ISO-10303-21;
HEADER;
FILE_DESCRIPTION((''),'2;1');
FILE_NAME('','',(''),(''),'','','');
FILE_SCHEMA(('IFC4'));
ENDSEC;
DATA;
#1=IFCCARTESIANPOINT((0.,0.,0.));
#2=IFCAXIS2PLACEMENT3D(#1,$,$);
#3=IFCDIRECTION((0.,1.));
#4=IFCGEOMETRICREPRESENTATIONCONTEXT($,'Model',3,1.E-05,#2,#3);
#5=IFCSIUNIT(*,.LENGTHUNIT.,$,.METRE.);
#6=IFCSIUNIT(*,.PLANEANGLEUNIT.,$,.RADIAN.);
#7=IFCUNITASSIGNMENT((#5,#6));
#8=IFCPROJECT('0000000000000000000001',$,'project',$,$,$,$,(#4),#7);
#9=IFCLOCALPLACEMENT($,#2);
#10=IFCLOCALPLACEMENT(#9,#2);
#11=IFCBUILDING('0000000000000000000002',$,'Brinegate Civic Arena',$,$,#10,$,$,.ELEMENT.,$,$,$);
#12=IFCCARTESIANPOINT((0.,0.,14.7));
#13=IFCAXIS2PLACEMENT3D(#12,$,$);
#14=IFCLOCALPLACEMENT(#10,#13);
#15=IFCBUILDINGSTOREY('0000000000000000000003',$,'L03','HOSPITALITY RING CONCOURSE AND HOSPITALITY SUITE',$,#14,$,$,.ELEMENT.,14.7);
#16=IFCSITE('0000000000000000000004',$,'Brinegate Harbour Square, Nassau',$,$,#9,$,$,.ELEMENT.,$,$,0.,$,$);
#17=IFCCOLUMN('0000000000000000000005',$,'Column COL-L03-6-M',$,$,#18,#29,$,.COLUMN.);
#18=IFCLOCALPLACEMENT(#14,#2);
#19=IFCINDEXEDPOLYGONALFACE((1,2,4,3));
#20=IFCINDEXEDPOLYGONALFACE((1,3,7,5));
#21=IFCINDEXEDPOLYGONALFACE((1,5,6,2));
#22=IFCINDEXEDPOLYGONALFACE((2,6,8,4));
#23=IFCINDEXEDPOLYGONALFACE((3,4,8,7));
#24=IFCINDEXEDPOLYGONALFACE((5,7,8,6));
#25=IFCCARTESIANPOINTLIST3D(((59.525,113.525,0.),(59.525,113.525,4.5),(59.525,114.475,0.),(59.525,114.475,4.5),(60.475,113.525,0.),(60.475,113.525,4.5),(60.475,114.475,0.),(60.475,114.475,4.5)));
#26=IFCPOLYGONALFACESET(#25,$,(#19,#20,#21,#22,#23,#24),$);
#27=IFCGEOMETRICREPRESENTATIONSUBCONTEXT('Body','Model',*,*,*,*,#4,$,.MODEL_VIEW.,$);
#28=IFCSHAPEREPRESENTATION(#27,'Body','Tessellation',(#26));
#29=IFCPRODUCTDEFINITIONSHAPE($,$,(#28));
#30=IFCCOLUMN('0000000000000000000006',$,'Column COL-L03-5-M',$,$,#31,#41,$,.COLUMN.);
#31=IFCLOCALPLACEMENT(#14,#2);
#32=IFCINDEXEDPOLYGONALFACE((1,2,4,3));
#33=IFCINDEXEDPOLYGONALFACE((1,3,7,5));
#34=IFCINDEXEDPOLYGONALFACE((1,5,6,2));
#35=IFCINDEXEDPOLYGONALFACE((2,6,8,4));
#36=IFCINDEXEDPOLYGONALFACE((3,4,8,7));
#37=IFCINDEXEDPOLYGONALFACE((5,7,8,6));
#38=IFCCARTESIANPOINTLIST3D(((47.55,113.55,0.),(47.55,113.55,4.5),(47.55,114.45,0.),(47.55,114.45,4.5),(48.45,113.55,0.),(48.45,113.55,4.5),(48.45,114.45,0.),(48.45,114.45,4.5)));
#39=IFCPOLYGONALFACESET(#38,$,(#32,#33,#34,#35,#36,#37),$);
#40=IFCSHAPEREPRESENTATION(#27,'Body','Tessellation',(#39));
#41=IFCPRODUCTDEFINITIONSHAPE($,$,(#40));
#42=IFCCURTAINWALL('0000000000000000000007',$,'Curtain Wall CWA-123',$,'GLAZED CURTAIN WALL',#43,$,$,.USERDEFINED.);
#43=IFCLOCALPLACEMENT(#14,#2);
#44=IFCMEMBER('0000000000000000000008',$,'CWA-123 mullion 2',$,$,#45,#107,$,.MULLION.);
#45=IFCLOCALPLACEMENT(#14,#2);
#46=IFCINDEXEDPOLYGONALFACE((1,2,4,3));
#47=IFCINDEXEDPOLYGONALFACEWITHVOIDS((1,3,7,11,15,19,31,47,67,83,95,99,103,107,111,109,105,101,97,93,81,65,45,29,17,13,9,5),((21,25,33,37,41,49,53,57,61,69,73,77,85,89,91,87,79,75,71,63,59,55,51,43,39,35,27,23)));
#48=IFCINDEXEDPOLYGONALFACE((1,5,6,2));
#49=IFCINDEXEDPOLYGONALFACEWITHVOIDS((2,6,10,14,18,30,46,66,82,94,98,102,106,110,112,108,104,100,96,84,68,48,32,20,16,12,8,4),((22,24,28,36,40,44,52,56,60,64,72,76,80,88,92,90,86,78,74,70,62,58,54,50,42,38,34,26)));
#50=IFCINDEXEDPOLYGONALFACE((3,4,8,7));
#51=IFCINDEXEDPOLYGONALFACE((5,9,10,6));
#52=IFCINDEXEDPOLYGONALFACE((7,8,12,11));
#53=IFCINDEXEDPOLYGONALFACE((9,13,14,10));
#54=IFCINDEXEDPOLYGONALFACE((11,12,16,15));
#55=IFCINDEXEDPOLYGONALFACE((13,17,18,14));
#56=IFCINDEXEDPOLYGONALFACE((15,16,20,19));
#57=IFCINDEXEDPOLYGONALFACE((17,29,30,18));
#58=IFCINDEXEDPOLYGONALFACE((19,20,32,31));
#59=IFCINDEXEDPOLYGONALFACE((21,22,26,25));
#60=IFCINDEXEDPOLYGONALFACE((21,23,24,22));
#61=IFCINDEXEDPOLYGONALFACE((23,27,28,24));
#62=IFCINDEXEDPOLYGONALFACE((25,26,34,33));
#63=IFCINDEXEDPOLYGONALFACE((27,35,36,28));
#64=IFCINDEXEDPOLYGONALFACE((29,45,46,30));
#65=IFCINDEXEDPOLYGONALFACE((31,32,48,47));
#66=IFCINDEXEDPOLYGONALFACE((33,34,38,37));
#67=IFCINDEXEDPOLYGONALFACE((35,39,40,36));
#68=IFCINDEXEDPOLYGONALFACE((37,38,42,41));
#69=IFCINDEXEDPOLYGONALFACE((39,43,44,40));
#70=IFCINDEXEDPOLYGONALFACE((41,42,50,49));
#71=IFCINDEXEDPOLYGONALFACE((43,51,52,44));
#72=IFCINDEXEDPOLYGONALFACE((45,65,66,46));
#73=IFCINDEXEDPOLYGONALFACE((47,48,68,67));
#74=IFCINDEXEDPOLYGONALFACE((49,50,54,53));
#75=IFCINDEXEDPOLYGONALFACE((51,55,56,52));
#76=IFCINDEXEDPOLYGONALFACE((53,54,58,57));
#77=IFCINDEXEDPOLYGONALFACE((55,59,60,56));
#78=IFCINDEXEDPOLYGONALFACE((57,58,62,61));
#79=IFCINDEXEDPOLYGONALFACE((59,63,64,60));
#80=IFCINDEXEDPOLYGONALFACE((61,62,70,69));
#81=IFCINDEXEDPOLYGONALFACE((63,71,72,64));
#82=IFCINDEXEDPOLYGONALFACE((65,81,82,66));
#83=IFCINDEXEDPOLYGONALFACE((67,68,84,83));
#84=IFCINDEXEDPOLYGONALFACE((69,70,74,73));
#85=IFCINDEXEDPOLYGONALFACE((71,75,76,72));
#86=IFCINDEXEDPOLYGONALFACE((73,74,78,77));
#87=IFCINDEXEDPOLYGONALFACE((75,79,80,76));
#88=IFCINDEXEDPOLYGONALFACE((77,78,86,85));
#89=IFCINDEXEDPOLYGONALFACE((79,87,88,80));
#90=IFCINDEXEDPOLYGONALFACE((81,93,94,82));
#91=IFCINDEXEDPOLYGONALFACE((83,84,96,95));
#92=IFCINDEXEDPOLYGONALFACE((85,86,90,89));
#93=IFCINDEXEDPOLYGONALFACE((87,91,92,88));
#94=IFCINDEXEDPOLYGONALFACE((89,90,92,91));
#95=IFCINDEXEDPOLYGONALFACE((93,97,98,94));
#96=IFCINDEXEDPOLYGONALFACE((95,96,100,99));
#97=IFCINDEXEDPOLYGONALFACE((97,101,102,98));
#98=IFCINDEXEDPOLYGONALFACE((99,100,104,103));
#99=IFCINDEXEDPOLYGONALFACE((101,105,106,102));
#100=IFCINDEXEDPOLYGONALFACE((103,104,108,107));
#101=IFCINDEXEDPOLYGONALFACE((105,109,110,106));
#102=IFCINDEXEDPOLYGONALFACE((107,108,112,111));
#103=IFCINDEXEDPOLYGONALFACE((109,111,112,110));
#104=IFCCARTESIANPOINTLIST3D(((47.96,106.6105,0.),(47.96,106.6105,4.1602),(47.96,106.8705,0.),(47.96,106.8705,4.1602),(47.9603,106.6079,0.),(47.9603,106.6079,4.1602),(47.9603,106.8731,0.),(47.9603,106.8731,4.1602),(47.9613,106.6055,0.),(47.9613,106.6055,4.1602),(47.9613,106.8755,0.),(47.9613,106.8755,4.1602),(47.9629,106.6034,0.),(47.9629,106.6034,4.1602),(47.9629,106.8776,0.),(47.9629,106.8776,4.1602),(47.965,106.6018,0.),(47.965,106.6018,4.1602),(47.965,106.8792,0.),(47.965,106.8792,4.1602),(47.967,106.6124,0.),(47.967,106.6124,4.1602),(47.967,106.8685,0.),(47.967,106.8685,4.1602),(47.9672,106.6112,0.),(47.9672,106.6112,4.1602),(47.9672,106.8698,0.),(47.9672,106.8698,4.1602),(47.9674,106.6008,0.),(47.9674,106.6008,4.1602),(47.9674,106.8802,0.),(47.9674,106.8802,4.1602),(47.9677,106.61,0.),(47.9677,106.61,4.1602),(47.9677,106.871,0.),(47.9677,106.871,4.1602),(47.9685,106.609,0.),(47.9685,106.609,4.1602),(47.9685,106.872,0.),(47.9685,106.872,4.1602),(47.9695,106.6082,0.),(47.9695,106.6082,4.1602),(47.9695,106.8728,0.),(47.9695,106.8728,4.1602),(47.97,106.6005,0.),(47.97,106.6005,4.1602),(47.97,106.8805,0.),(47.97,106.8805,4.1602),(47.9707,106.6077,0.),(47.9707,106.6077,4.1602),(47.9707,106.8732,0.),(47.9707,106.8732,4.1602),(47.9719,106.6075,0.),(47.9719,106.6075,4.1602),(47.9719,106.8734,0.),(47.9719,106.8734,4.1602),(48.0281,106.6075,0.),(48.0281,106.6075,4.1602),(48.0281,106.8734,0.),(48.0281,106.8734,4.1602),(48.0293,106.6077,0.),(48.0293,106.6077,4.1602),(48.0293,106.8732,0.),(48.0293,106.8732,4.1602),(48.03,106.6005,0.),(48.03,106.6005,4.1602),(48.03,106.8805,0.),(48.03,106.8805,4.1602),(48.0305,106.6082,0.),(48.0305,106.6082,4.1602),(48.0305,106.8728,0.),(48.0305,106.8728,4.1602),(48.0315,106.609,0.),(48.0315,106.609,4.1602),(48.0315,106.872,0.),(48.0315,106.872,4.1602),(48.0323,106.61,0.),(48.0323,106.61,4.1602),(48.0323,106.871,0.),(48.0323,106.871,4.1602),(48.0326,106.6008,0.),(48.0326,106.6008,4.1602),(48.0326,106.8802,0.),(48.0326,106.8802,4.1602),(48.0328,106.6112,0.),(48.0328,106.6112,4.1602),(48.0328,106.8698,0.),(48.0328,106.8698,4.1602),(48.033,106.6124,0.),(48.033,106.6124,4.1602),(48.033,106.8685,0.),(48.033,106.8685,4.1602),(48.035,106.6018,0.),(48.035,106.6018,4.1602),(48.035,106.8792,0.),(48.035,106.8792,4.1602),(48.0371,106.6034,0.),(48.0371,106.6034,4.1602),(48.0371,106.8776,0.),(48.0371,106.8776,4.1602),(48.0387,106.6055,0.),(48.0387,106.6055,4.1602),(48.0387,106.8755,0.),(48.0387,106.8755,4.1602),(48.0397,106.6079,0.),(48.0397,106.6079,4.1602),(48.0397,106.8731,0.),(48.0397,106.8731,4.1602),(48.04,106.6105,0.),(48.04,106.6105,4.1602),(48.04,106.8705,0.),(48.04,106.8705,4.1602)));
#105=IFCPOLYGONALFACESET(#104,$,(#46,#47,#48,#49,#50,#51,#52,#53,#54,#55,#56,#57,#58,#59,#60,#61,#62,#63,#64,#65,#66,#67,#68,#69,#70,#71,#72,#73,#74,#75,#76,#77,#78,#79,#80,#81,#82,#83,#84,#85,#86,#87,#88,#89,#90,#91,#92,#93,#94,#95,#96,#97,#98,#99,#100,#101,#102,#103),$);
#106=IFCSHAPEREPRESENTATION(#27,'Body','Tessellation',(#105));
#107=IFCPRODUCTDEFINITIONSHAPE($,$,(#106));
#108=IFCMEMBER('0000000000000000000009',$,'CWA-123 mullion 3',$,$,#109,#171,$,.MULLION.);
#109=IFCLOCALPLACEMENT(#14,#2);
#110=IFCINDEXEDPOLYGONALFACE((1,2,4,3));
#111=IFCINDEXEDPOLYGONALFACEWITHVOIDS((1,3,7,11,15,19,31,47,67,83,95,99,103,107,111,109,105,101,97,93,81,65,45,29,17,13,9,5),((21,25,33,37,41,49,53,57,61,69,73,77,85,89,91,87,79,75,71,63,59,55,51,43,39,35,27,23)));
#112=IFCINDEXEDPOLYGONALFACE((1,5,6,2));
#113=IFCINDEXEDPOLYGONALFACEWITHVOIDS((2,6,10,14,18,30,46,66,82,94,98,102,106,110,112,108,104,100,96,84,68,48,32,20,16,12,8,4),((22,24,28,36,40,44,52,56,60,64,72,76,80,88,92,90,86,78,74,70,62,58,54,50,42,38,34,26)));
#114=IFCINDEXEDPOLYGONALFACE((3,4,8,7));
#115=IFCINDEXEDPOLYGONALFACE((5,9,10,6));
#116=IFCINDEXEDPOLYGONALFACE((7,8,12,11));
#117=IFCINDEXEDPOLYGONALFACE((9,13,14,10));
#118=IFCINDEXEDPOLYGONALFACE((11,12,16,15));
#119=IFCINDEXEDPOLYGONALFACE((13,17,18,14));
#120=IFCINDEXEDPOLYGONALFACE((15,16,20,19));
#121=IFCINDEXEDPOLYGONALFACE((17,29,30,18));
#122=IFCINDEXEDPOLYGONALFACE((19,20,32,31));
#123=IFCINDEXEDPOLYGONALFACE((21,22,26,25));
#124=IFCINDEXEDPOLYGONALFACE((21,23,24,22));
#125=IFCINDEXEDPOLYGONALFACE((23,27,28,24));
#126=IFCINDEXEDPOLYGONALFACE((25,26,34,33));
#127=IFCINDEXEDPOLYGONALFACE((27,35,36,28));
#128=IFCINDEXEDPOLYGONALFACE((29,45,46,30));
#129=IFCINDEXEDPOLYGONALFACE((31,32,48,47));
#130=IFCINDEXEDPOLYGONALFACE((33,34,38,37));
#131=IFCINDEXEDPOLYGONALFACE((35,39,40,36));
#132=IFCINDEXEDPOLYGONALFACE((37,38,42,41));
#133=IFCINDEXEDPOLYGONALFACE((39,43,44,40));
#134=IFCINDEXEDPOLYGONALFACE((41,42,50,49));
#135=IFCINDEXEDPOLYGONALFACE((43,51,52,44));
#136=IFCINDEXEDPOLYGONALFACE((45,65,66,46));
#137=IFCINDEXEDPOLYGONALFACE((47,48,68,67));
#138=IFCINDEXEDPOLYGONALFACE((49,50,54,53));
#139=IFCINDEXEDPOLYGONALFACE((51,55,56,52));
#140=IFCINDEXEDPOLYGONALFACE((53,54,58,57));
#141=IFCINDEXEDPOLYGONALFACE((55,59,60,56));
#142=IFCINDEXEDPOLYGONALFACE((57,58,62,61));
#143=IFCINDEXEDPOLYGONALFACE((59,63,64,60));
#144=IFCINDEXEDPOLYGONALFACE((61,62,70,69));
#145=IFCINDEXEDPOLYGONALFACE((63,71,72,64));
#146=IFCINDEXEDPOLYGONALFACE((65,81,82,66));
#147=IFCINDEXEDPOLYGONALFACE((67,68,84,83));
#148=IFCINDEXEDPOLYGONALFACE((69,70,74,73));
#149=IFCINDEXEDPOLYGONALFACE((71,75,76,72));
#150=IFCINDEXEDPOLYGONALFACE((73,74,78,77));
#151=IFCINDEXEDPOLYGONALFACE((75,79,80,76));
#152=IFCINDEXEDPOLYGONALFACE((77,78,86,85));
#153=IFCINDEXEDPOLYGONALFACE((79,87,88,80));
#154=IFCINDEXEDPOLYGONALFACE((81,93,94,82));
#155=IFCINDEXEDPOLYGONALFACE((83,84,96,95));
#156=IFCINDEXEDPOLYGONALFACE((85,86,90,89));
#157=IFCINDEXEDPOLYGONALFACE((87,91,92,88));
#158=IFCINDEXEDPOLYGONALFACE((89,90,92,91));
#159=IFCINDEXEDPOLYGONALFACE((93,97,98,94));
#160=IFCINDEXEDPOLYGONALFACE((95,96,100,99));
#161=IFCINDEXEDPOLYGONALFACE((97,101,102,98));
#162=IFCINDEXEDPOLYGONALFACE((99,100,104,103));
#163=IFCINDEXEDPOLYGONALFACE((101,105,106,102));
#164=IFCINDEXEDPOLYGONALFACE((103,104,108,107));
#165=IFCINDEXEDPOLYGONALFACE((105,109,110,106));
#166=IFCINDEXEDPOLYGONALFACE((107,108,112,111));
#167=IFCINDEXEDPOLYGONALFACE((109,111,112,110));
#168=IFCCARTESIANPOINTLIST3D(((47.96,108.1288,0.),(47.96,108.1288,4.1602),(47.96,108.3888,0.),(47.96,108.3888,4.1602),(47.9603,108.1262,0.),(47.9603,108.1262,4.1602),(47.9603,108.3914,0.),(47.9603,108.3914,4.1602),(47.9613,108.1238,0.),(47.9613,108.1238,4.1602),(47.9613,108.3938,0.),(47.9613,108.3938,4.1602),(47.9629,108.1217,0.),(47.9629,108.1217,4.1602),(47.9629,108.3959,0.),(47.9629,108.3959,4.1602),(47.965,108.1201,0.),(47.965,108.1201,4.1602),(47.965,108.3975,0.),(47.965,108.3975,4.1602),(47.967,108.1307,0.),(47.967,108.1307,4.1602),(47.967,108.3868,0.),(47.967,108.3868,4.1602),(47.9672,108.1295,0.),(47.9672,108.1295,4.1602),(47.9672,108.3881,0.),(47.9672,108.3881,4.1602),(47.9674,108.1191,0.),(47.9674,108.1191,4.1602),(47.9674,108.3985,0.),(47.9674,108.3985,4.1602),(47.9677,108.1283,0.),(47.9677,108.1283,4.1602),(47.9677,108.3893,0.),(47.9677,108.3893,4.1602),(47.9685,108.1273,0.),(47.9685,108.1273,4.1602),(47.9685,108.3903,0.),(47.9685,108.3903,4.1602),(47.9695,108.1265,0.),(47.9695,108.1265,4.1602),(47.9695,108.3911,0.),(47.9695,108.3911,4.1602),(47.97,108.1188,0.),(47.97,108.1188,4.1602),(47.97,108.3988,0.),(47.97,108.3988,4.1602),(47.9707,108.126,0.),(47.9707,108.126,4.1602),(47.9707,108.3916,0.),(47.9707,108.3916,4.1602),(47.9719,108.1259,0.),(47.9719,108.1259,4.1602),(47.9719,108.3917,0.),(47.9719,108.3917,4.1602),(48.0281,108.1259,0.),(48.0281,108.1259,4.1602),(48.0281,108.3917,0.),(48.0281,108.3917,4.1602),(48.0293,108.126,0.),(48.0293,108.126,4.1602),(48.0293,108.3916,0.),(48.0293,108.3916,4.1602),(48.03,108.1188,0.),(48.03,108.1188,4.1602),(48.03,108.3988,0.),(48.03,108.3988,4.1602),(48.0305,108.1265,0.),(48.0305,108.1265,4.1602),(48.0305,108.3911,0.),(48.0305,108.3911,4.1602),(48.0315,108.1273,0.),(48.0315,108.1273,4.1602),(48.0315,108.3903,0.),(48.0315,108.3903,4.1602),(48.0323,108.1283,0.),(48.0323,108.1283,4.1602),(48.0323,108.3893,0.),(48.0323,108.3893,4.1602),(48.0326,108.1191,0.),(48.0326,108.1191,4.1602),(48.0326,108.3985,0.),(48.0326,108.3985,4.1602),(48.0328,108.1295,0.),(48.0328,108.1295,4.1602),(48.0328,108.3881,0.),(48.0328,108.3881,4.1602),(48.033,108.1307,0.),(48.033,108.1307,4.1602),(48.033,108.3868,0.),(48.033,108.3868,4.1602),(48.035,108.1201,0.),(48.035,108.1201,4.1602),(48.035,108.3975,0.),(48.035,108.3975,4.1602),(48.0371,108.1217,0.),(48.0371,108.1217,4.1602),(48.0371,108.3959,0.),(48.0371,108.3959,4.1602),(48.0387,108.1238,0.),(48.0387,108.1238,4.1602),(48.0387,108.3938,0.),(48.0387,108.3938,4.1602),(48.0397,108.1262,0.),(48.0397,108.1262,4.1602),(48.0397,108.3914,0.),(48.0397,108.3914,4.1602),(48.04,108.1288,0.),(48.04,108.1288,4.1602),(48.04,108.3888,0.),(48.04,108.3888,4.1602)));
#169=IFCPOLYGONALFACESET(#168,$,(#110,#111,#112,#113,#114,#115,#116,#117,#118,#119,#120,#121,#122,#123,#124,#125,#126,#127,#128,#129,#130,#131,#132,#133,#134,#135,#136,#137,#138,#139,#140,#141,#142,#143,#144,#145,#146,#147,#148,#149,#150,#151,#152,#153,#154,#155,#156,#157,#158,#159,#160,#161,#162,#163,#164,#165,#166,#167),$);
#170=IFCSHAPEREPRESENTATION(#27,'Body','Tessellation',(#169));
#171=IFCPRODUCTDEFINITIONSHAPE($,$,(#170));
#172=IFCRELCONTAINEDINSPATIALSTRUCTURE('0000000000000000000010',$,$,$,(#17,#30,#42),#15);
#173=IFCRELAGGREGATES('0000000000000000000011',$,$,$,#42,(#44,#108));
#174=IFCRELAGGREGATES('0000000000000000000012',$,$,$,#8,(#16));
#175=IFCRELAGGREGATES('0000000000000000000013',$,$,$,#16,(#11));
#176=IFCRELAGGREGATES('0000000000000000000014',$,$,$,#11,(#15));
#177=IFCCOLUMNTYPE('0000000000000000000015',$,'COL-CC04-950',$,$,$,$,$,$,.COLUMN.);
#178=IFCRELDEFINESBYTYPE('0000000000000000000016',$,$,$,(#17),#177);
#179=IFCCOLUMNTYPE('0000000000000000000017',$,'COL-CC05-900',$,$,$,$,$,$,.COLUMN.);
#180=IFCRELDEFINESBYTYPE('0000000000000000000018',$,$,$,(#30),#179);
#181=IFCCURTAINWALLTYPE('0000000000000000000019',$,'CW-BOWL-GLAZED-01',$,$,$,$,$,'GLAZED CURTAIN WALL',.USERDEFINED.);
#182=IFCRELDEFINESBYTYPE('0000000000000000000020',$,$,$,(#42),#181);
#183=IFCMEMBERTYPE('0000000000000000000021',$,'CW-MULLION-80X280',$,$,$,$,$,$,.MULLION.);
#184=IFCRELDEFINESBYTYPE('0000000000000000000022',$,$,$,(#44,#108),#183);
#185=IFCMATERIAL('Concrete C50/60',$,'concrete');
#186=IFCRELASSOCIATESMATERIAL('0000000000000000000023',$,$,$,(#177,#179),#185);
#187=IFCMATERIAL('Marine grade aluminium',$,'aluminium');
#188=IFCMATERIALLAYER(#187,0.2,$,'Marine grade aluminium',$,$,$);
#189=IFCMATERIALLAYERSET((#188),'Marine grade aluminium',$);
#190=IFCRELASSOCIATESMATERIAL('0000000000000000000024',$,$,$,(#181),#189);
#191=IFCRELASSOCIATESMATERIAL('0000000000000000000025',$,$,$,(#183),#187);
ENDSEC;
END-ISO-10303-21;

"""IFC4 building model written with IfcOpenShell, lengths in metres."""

from ifc_helpers import new_model, si_unit, direction, frame, origin, origin_2d, place, context, subcontext, project, spatial, rectangle, hollow_rectangle, extrude, material, layer, layer_set, material_profile, profile_set, type_object, element, aggregate, save


model = new_model("IFC4")

# Units and contexts
model_context = context("Model", 3, precision=1e-05, world=origin(), true_north=direction((0.0, 1.0)))
body_context = subcontext(model_context, "Body", "Model", "MODEL_VIEW")
ifc_project = project(units=[si_unit("LENGTHUNIT", "METRE"), si_unit("PLANEANGLEUNIT", "RADIAN")], contexts=[model_context])

# Site, building, storey
site_placement = place(None, origin())
site = spatial("IfcSite", under=ifc_project, at=site_placement, Name="Brinegate Harbour Square, Nassau", CompositionType="ELEMENT", RefElevation=0.0)
building_placement = place(site_placement, origin())
building = spatial("IfcBuilding", under=site, at=building_placement, Name="Brinegate Civic Arena", CompositionType="ELEMENT")
storey_placement = place(building_placement, frame((0.0, 0.0, 14.7)))
storey = spatial("IfcBuildingStorey", under=building, at=storey_placement, Name="L03", Description="HOSPITALITY RING CONCOURSE AND HOSPITALITY SUITE", CompositionType="ELEMENT", Elevation=14.7)

# Columns
ifc_material_1 = material(Name="Concrete C50/60", Category="concrete")
ifc_material_profile_1 = material_profile(ifc_material_1, rectangle(XDim=0.95, YDim=0.95, at=origin_2d()), Name="RC950X950")
ifc_profile_set_1 = profile_set([ifc_material_profile_1], Name="Concrete C50/60")
column_type_1 = type_object("IfcColumnType", Name="COL-CC04-950", PredefinedType="COLUMN", material=ifc_profile_set_1)
column_1_placement = place(storey_placement, frame((60.0, 114.0, 0.0), z_axis=(0.0, 0.0, 1.0), x_axis=(1.0, 0.0, 0.0)))
element("IfcColumn", 1, at=column_1_placement, inside=storey, type_object=column_type_1, Name="Column COL-L03-6-M", PredefinedType="COLUMN", context=body_context, shape_type="SweptSolid", body=[
    extrude(rectangle(XDim=0.95, YDim=0.95, at=origin_2d()), origin(), (0.0, 0.0, 1.0), 4.5),
])
ifc_material_profile_2 = material_profile(ifc_material_1, rectangle(XDim=0.8999, YDim=0.8999, at=origin_2d()), Name="RC900X900")
ifc_profile_set_2 = profile_set([ifc_material_profile_2], Name="Concrete C50/60")
column_type_2 = type_object("IfcColumnType", Name="COL-CC05-900", PredefinedType="COLUMN", material=ifc_profile_set_2)
column_2_placement = place(storey_placement, frame((48.0, 114.0, 0.0), z_axis=(0.0, 0.0, 1.0), x_axis=(1.0, 0.0, 0.0)))
element("IfcColumn", 2, at=column_2_placement, inside=storey, type_object=column_type_2, Name="Column COL-L03-5-M", PredefinedType="COLUMN", context=body_context, shape_type="SweptSolid", body=[
    extrude(rectangle(XDim=0.8999, YDim=0.8999, at=origin_2d()), origin(), (0.0, 0.0, 1.0), 4.5),
])

# Curtain wall, members
ifc_material_2 = material(Name="Marine grade aluminium", Category="aluminium")
ifc_layer_1 = layer(ifc_material_2, 0.2, Name="Marine grade aluminium")
ifc_layer_set_1 = layer_set([ifc_layer_1], Name="Marine grade aluminium")
curtain_wall_type = type_object("IfcCurtainWallType", Name="CW-BOWL-GLAZED-01", ElementType="GLAZED CURTAIN WALL", PredefinedType="USERDEFINED", material=ifc_layer_set_1)
curtain_wall_placement = place(storey_placement, origin())
curtain_wall = element("IfcCurtainWall", 3, at=curtain_wall_placement, inside=storey, type_object=curtain_wall_type, Name="Curtain Wall CWA-123", ObjectType="GLAZED CURTAIN WALL", PredefinedType="USERDEFINED")
ifc_material_profile_3 = material_profile(ifc_material_2, hollow_rectangle(XDim=0.0801, YDim=0.28, WallThickness=0.0071, InnerFilletRadius=0.0049, OuterFilletRadius=0.01, at=origin_2d()), Name="MUL80X280")
ifc_profile_set_3 = profile_set([ifc_material_profile_3], Name="Marine grade aluminium")
member_type_1 = type_object("IfcMemberType", Name="CW-MULLION-80X280", PredefinedType="MULLION", material=ifc_profile_set_3)
member_1_placement = place(storey_placement, frame((48.0, 106.7405, 0.0), z_axis=(0.0, 0.0, 1.0), x_axis=(-1.0, 0.0, 0.0)))
member_1 = element("IfcMember", 4, at=member_1_placement, type_object=member_type_1, Name="CWA-123 mullion 2", PredefinedType="MULLION", context=body_context, shape_type="SweptSolid", body=[
    extrude(hollow_rectangle(XDim=0.0801, YDim=0.28, WallThickness=0.0071, InnerFilletRadius=0.0049, OuterFilletRadius=0.01, at=origin_2d()), origin(), (0.0, 0.0, 1.0), 4.1602),
])
member_2_placement = place(storey_placement, frame((48.0, 108.2588, 0.0), z_axis=(0.0, 0.0, 1.0), x_axis=(-1.0, 0.0, 0.0)))
member_2 = element("IfcMember", 5, at=member_2_placement, type_object=member_type_1, Name="CWA-123 mullion 3", PredefinedType="MULLION", context=body_context, shape_type="SweptSolid", body=[
    extrude(hollow_rectangle(XDim=0.0801, YDim=0.28, WallThickness=0.0071, InnerFilletRadius=0.0049, OuterFilletRadius=0.01, at=origin_2d()), origin(), (0.0, 0.0, 1.0), 4.1602),
])

aggregate(curtain_wall, [member_1, member_2])

save(model, "model.ifc")
